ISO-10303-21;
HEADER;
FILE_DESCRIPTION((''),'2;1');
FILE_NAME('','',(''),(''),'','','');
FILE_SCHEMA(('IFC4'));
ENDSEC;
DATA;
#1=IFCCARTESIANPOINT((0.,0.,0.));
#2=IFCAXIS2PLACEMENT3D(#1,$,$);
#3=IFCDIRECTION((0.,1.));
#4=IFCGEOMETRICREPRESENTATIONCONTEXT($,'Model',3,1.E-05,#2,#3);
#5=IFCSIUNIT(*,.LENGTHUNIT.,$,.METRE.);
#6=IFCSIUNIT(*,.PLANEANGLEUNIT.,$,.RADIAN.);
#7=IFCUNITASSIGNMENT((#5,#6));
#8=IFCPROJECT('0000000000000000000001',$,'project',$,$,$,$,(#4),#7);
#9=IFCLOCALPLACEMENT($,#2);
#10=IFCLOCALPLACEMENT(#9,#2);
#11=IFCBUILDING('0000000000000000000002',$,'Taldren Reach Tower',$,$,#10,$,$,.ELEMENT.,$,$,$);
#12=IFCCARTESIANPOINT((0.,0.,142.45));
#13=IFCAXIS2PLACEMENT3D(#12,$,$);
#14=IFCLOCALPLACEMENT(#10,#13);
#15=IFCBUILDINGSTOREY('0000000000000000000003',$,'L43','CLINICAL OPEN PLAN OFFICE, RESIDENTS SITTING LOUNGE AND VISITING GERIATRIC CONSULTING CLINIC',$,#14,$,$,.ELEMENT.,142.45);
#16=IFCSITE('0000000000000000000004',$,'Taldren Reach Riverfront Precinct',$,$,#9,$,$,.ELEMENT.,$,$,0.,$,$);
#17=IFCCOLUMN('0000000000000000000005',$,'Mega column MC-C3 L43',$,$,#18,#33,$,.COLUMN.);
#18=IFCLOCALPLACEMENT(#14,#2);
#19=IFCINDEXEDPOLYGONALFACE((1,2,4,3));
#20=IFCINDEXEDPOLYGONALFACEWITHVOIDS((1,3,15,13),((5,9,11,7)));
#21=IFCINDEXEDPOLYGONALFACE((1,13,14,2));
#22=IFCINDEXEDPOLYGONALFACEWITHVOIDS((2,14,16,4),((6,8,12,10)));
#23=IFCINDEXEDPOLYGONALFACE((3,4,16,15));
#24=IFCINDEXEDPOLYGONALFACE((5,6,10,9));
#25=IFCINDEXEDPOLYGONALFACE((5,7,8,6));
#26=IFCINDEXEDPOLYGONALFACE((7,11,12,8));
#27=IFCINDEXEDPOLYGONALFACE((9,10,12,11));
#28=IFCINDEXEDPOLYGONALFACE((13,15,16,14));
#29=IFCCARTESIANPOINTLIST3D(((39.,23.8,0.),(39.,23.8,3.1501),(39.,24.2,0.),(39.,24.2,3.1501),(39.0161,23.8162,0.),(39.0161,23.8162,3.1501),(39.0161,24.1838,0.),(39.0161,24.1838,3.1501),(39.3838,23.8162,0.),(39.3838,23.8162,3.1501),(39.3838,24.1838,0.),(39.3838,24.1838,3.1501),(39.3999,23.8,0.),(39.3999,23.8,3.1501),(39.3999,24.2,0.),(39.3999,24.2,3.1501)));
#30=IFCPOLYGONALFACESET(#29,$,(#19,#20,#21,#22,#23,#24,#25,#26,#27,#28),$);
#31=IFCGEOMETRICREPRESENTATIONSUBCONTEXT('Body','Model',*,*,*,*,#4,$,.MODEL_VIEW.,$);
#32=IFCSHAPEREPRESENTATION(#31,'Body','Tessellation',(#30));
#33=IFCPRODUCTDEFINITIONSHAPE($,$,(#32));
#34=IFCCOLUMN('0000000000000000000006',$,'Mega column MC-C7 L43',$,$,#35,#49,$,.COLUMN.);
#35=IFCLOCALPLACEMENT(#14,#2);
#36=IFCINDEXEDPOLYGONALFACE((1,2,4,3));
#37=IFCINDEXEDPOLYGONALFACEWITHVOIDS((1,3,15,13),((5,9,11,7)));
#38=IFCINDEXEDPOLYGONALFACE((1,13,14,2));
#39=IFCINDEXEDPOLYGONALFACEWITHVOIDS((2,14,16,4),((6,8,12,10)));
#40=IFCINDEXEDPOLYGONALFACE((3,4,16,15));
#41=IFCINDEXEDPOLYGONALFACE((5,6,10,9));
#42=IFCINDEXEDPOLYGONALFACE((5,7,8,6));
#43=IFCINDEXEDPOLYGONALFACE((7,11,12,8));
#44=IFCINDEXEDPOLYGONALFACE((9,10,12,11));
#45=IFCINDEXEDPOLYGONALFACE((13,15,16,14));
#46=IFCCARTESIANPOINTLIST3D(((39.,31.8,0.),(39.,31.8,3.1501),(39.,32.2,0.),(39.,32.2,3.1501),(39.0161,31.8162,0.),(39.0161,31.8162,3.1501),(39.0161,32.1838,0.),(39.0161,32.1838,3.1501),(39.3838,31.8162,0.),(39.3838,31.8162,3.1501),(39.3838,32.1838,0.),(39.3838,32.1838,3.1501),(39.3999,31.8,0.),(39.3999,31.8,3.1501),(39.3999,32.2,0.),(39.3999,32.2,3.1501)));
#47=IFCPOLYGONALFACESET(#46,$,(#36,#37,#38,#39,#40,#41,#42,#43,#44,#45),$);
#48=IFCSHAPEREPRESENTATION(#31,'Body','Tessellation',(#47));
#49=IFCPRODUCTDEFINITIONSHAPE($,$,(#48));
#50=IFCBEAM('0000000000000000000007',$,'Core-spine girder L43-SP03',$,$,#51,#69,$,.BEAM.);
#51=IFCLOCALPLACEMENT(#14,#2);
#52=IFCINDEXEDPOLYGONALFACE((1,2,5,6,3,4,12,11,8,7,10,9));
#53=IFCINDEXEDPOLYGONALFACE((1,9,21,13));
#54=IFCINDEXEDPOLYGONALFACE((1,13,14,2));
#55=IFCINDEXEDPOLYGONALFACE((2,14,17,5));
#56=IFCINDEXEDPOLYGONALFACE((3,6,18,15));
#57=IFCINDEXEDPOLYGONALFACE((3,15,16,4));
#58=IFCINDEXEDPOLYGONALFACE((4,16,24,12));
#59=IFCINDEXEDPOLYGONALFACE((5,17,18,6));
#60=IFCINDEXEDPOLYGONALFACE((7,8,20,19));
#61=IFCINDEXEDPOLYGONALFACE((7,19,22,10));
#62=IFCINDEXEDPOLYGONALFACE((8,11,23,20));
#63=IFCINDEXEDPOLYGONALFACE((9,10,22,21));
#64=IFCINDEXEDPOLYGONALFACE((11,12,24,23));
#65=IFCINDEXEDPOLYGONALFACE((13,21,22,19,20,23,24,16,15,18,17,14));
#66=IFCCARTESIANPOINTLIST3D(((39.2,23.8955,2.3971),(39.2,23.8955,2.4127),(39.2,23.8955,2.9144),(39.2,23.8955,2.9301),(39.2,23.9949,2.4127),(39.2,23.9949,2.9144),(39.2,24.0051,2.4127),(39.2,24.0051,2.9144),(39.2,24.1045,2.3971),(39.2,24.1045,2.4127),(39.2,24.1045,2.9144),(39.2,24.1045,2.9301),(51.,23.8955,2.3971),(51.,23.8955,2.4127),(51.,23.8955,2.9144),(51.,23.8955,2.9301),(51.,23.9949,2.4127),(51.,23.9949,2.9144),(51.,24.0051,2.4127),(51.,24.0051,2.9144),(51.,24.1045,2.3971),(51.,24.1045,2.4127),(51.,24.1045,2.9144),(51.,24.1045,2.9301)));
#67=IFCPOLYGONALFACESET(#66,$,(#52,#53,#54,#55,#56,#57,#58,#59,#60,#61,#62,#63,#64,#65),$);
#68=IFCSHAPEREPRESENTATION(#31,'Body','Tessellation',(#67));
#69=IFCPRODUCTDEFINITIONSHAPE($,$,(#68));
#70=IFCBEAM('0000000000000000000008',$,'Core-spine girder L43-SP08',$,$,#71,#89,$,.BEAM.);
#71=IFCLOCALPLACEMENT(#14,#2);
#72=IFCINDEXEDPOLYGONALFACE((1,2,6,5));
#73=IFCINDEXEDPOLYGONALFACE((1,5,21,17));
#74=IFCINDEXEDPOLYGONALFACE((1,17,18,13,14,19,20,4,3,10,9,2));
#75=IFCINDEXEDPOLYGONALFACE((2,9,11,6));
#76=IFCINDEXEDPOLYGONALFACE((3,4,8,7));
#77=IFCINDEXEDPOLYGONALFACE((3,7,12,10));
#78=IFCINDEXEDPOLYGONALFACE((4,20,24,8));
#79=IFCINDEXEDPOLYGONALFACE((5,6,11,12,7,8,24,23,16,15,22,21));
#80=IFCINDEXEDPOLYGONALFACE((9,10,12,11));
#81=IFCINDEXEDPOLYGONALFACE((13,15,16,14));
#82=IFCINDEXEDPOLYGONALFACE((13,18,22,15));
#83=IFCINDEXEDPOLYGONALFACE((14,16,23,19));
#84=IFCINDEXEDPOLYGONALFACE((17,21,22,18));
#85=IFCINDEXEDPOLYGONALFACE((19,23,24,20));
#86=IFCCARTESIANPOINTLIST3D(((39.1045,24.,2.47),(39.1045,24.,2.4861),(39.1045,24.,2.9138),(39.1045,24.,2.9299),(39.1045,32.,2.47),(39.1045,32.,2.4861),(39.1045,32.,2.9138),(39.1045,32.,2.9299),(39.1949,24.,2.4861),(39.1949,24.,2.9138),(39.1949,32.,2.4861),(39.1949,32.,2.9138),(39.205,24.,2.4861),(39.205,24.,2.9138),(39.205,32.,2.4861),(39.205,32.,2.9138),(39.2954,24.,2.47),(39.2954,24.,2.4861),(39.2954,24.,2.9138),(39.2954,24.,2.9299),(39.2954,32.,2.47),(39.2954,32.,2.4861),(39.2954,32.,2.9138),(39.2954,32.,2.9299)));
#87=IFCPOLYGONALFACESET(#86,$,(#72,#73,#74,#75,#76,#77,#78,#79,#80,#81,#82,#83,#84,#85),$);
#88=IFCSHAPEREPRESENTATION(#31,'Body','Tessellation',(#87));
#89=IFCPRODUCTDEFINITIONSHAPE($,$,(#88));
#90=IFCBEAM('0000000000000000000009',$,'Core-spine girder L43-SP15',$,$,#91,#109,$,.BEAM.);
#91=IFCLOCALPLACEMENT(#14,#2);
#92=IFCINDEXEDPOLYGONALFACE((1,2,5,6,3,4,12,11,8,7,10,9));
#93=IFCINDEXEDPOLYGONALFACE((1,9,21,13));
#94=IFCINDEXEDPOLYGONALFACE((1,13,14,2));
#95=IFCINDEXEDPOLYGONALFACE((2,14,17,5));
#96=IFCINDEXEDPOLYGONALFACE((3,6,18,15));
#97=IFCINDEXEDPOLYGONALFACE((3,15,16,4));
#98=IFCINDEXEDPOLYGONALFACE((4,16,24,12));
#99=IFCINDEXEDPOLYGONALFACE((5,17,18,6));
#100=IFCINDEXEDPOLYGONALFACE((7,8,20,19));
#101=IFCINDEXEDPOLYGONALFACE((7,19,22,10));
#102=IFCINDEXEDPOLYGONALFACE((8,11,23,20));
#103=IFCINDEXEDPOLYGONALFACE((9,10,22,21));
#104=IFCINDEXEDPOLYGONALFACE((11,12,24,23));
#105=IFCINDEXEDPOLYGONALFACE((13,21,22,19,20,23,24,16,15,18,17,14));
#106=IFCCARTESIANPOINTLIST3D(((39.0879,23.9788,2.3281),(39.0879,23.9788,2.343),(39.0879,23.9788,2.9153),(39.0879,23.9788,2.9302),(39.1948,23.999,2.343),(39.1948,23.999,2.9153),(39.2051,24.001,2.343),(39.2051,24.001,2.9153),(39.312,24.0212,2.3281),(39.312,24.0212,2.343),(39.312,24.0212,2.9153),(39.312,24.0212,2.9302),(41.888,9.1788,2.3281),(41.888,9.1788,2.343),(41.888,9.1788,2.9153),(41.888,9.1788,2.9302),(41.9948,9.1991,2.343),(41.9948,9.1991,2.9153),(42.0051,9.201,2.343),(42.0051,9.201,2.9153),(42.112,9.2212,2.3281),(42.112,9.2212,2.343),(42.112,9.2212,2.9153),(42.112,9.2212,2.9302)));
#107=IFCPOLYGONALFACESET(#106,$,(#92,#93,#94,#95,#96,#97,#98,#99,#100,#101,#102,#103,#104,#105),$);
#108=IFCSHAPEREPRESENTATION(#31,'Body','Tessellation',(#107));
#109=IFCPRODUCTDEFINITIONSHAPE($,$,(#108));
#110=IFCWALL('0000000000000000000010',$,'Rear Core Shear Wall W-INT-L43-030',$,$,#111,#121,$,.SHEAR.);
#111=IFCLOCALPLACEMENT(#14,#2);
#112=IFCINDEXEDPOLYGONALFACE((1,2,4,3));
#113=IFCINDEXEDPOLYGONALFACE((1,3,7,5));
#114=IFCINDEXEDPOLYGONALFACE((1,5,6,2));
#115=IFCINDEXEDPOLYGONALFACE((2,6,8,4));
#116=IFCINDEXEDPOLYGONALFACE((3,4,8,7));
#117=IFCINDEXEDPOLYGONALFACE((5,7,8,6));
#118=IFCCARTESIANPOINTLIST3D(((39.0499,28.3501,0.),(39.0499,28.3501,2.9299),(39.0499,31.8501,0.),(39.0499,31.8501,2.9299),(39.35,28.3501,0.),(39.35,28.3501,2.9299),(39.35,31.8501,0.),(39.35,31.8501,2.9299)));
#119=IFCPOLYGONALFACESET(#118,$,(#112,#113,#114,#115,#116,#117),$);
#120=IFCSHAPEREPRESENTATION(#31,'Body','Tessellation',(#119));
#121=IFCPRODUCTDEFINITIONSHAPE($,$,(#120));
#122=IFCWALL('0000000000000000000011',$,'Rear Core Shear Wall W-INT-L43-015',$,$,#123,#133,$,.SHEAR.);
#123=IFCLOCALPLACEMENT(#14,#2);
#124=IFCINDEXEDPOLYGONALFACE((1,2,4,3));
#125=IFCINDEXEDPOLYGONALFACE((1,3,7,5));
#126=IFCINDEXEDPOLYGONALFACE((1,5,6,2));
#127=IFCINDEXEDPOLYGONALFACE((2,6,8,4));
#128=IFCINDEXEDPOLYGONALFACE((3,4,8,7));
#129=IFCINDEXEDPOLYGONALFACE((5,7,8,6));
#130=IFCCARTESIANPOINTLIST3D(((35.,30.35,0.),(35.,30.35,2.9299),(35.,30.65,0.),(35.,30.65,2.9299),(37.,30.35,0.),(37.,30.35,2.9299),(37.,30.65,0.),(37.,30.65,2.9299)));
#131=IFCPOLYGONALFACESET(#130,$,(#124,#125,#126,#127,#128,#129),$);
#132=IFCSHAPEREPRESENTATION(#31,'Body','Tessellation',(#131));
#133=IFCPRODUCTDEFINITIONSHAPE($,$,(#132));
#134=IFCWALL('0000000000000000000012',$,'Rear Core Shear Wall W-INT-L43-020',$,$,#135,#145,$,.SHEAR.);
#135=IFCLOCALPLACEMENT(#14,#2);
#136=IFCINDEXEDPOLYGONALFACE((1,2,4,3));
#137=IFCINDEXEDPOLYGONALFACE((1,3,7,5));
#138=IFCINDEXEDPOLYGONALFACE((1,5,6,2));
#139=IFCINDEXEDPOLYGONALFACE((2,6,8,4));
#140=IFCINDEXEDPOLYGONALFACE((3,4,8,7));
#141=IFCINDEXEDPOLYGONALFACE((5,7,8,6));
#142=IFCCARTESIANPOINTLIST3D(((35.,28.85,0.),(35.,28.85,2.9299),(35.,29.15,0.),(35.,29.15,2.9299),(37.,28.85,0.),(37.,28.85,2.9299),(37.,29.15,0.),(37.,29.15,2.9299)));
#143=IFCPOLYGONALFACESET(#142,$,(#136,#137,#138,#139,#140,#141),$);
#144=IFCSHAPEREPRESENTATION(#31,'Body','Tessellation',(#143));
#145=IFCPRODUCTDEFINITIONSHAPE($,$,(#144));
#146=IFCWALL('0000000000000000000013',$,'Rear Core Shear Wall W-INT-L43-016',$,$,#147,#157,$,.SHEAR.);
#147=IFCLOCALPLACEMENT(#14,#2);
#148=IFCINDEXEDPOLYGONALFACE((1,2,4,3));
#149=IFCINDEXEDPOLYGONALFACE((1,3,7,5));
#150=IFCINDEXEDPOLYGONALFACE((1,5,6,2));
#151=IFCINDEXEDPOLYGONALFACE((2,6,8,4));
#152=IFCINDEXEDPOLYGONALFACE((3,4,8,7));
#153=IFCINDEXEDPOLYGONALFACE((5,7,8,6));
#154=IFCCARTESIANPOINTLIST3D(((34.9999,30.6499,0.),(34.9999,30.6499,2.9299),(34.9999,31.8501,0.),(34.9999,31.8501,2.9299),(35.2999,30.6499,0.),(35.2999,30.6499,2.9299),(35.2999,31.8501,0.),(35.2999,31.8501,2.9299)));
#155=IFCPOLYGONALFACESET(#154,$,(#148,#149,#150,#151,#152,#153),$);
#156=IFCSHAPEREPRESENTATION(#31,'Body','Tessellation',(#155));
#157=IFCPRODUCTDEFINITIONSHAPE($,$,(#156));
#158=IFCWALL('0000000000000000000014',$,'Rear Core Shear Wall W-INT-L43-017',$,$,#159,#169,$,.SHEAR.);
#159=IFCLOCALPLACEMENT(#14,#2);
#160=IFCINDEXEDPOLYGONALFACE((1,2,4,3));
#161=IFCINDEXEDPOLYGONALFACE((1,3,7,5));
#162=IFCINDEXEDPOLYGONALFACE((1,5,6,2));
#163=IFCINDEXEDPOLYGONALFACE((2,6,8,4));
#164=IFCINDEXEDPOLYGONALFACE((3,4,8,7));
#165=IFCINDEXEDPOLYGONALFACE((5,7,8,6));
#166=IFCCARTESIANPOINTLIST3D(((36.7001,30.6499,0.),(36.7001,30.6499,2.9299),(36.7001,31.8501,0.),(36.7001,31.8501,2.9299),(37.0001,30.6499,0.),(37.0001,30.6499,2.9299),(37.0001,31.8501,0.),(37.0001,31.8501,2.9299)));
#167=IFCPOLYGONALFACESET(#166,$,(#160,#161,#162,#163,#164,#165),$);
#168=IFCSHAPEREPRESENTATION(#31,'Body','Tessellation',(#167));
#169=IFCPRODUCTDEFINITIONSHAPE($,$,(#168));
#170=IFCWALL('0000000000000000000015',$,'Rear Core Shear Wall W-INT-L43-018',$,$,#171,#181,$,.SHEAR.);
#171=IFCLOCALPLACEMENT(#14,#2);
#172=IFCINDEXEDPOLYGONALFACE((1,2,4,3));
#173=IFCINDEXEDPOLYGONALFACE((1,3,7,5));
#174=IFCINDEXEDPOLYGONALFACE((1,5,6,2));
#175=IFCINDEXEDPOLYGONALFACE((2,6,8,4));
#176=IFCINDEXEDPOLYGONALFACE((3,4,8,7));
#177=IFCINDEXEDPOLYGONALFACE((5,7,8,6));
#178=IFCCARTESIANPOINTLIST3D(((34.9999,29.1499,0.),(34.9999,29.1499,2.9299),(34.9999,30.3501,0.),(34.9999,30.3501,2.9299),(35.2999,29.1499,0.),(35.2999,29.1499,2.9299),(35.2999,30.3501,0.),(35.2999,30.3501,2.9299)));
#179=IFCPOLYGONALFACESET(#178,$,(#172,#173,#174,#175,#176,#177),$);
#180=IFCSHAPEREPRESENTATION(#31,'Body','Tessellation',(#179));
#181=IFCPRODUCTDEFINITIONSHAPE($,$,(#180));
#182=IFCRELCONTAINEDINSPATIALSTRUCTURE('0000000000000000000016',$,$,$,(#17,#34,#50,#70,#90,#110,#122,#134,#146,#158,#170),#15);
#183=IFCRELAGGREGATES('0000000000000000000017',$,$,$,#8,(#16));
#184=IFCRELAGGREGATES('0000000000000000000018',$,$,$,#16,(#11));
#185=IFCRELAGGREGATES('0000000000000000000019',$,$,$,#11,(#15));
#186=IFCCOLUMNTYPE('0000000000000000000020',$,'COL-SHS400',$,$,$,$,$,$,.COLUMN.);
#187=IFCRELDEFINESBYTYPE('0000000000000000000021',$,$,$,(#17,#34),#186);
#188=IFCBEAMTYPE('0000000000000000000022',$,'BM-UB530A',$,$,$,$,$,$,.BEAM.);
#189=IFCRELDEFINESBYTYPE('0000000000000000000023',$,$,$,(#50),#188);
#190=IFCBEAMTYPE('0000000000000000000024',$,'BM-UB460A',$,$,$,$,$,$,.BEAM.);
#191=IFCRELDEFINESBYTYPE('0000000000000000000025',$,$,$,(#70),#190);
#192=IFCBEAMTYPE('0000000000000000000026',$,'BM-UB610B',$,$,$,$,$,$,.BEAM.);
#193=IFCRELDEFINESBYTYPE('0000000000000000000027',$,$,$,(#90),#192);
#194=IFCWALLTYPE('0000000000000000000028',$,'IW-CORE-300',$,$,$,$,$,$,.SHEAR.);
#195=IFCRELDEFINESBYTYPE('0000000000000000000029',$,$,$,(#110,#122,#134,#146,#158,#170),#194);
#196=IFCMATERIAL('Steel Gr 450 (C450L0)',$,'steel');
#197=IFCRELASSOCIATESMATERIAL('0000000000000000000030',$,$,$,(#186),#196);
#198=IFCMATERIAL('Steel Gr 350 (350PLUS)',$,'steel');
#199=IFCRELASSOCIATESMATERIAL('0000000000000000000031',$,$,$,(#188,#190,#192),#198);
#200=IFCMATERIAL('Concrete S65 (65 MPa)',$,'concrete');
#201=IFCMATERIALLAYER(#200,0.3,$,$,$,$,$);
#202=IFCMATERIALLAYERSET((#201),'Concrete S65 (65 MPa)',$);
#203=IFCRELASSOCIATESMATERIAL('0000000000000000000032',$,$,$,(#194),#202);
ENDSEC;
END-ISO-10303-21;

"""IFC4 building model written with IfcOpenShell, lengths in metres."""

from ifc_helpers import new_model, si_unit, direction, frame, frame_2d, origin, origin_2d, place, context, subcontext, project, spatial, rectangle, hollow_rectangle, i_section, extrude, source, transform, mapped, material, layer, layer_set, material_profile, profile_set, type_object, element, save


model = new_model("IFC4")

# Units and contexts
model_context = context("Model", 3, precision=1e-05, world=origin(), true_north=direction((0.0, 1.0)))
body_context = subcontext(model_context, "Body", "Model", "MODEL_VIEW")
ifc_project = project(units=[si_unit("LENGTHUNIT", "METRE"), si_unit("PLANEANGLEUNIT", "RADIAN")], contexts=[model_context])

# Site, building, storey
site_placement = place(None, origin())
site = spatial("IfcSite", under=ifc_project, at=site_placement, Name="Taldren Reach Riverfront Precinct", CompositionType="ELEMENT", RefElevation=0.0)
building_placement = place(site_placement, origin())
building = spatial("IfcBuilding", under=site, at=building_placement, Name="Taldren Reach Tower", CompositionType="ELEMENT")
storey_placement = place(building_placement, frame((0.0, 0.0, 142.45)))
storey = spatial("IfcBuildingStorey", under=building, at=storey_placement, Name="L43", Description="CLINICAL OPEN PLAN OFFICE, RESIDENTS SITTING LOUNGE AND VISITING GERIATRIC CONSULTING CLINIC", CompositionType="ELEMENT", Elevation=142.45)

# Columns
ifc_material_1 = material(Name="Steel Gr 450 (C450L0)", Category="steel")
ifc_material_profile_1 = material_profile(ifc_material_1, hollow_rectangle(XDim=0.3999, YDim=0.3999, WallThickness=0.0161, at=origin_2d()), Name="400x400x16.0SHS")
ifc_profile_set_1 = profile_set([ifc_material_profile_1], Name="Steel Gr 450 (C450L0)")
column_type = type_object("IfcColumnType", Name="COL-SHS400", PredefinedType="COLUMN", material=ifc_profile_set_1)
shared_shape_1 = source(origin(), body_context, "Body", "SweptSolid", [
    extrude(hollow_rectangle(XDim=0.3999, YDim=0.3999, WallThickness=0.0161, at=origin_2d()), origin(), (0.0, 0.0, 1.0), 3.1501),
])
for number, where, z_axis, x_axis, name in (
    (1, (39.2, 24.0, 0.0), (0.0, 0.0, 1.0), (1.0, 0.0, 0.0), "Mega column MC-C3 L43"),
    (2, (39.2, 32.0, 0.0), (0.0, 0.0, 1.0), (1.0, 0.0, 0.0), "Mega column MC-C7 L43"),
):
    element("IfcColumn", number, at=place(storey_placement, frame(where, z_axis=z_axis, x_axis=x_axis)), inside=storey, type_object=column_type, Name=name, PredefinedType="COLUMN", context=body_context, shape_type="MappedRepresentation", body=[
        mapped(shared_shape_1, transform((0.0, 0.0, 0.0), scale=1.0)),
    ])

# Beams
ifc_material_2 = material(Name="Steel Gr 350 (350PLUS)", Category="steel")
ifc_material_profile_2 = material_profile(ifc_material_2, i_section(OverallWidth=0.209, OverallDepth=0.533, WebThickness=0.0103, FlangeThickness=0.0156, at=origin_2d()), Name="530UB92.4")
ifc_profile_set_2 = profile_set([ifc_material_profile_2], Name="Steel Gr 350 (350PLUS)")
beam_type_1 = type_object("IfcBeamType", Name="BM-UB530A", PredefinedType="BEAM", material=ifc_profile_set_2)
shared_shape_2 = source(origin(), body_context, "Body", "SweptSolid", [
    extrude(i_section(OverallWidth=0.209, OverallDepth=0.533, WebThickness=0.0103, FlangeThickness=0.0156, at=origin_2d()), origin(), (0.0, 0.0, 1.0), 11.8),
])
beam_1_placement = place(storey_placement, frame((39.2, 24.0, 2.6636), z_axis=(1.0, 0.0, 0.0), x_axis=(0.0, 1.0, 0.0)))
element("IfcBeam", 3, at=beam_1_placement, inside=storey, type_object=beam_type_1, Name="Core-spine girder L43-SP03", PredefinedType="BEAM", context=body_context, shape_type="MappedRepresentation", body=[
    mapped(shared_shape_2, transform((0.0, 0.0, 0.0), scale=1.0)),
])
ifc_material_profile_3 = material_profile(ifc_material_2, i_section(OverallWidth=0.1909, OverallDepth=0.46, WebThickness=0.01, FlangeThickness=0.0161, at=origin_2d()), Name="460UB82.1")
ifc_profile_set_3 = profile_set([ifc_material_profile_3], Name="Steel Gr 350 (350PLUS)")
beam_type_2 = type_object("IfcBeamType", Name="BM-UB460A", PredefinedType="BEAM", material=ifc_profile_set_3)
shared_shape_3 = source(origin(), body_context, "Body", "SweptSolid", [
    extrude(i_section(OverallWidth=0.1909, OverallDepth=0.46, WebThickness=0.01, FlangeThickness=0.0161, at=origin_2d()), origin(), (0.0, 0.0, 1.0), 8.0),
])
beam_2_placement = place(storey_placement, frame((39.2, 24.0, 2.7), z_axis=(0.0, 1.0, 0.0), x_axis=(-1.0, 0.0, 0.0)))
element("IfcBeam", 4, at=beam_2_placement, inside=storey, type_object=beam_type_2, Name="Core-spine girder L43-SP08", PredefinedType="BEAM", context=body_context, shape_type="MappedRepresentation", body=[
    mapped(shared_shape_3, transform((0.0, 0.0, 0.0), scale=1.0)),
])
ifc_material_profile_4 = material_profile(ifc_material_2, i_section(OverallWidth=0.228, OverallDepth=0.6021, WebThickness=0.0105, FlangeThickness=0.0149, at=origin_2d()), Name="610UB101")
ifc_profile_set_4 = profile_set([ifc_material_profile_4], Name="Steel Gr 350 (350PLUS)")
beam_type_3 = type_object("IfcBeamType", Name="BM-UB610B", PredefinedType="BEAM", material=ifc_profile_set_4)
shared_shape_4 = source(origin(), body_context, "Body", "SweptSolid", [
    extrude(i_section(OverallWidth=0.228, OverallDepth=0.6021, WebThickness=0.0105, FlangeThickness=0.0149, at=origin_2d()), origin(), (0.0, 0.0, 1.0), 15.0625),
])
beam_3_placement = place(storey_placement, frame((39.2, 24.0, 2.6292), z_axis=(0.185894, -0.98257, 0.0), x_axis=(0.98257, 0.185894, 0.0)))
element("IfcBeam", 5, at=beam_3_placement, inside=storey, type_object=beam_type_3, Name="Core-spine girder L43-SP15", PredefinedType="BEAM", context=body_context, shape_type="MappedRepresentation", body=[
    mapped(shared_shape_4, transform((0.0, 0.0, 0.0), scale=1.0)),
])

# Walls
ifc_material_3 = material(Name="Concrete S65 (65 MPa)", Category="concrete")
ifc_layer_1 = layer(ifc_material_3, 0.3)
ifc_layer_set_1 = layer_set([ifc_layer_1], Name="Concrete S65 (65 MPa)")
wall_type_1 = type_object("IfcWallType", Name="IW-CORE-300", PredefinedType="SHEAR", material=ifc_layer_set_1)
shared_shape_5 = source(origin(), body_context, "Body", "SweptSolid", [
    extrude(rectangle(XDim=3.5, YDim=0.3, at=frame_2d((1.75, 0.0))), origin(), (0.0, 0.0, 1.0), 2.9299),
])
wall_1_placement = place(storey_placement, frame((39.2, 28.3501, 0.0), z_axis=(0.0, 0.0, 1.0), x_axis=(0.0, 1.0, 0.0)))
element("IfcWall", 6, at=wall_1_placement, inside=storey, type_object=wall_type_1, Name="Rear Core Shear Wall W-INT-L43-030", PredefinedType="SHEAR", context=body_context, shape_type="MappedRepresentation", body=[
    mapped(shared_shape_5, transform((0.0, 0.0, 0.0), scale=1.0)),
])
shared_shape_6 = source(origin(), body_context, "Body", "SweptSolid", [
    extrude(rectangle(XDim=2.0, YDim=0.3, at=frame_2d((1.0, 0.0))), origin(), (0.0, 0.0, 1.0), 2.9299),
])
for number, where, z_axis, x_axis, name in (
    (7, (35.0, 30.5, 0.0), (0.0, 0.0, 1.0), (1.0, 0.0, 0.0), "Rear Core Shear Wall W-INT-L43-015"),
    (8, (35.0, 29.0, 0.0), (0.0, 0.0, 1.0), (1.0, 0.0, 0.0), "Rear Core Shear Wall W-INT-L43-020"),
):
    element("IfcWall", number, at=place(storey_placement, frame(where, z_axis=z_axis, x_axis=x_axis)), inside=storey, type_object=wall_type_1, Name=name, PredefinedType="SHEAR", context=body_context, shape_type="MappedRepresentation", body=[
        mapped(shared_shape_6, transform((0.0, 0.0, 0.0), scale=1.0)),
    ])
shared_shape_7 = source(origin(), body_context, "Body", "SweptSolid", [
    extrude(rectangle(XDim=1.2002, YDim=0.3, at=frame_2d((0.6001, 0.0))), origin(), (0.0, 0.0, 1.0), 2.9299),
])
for number, where, z_axis, x_axis, name in (
    (9, (35.1499, 31.8501, 0.0), (0.0, 0.0, 1.0), (0.0, -1.0, 0.0), "Rear Core Shear Wall W-INT-L43-016"),
    (10, (36.8501, 30.6499, 0.0), (0.0, 0.0, 1.0), (0.0, 1.0, 0.0), "Rear Core Shear Wall W-INT-L43-017"),
    (11, (35.1499, 30.3501, 0.0), (0.0, 0.0, 1.0), (0.0, -1.0, 0.0), "Rear Core Shear Wall W-INT-L43-018"),
):
    element("IfcWall", number, at=place(storey_placement, frame(where, z_axis=z_axis, x_axis=x_axis)), inside=storey, type_object=wall_type_1, Name=name, PredefinedType="SHEAR", context=body_context, shape_type="MappedRepresentation", body=[
        mapped(shared_shape_7, transform((0.0, 0.0, 0.0), scale=1.0)),
    ])

save(model, "model.ifc")
